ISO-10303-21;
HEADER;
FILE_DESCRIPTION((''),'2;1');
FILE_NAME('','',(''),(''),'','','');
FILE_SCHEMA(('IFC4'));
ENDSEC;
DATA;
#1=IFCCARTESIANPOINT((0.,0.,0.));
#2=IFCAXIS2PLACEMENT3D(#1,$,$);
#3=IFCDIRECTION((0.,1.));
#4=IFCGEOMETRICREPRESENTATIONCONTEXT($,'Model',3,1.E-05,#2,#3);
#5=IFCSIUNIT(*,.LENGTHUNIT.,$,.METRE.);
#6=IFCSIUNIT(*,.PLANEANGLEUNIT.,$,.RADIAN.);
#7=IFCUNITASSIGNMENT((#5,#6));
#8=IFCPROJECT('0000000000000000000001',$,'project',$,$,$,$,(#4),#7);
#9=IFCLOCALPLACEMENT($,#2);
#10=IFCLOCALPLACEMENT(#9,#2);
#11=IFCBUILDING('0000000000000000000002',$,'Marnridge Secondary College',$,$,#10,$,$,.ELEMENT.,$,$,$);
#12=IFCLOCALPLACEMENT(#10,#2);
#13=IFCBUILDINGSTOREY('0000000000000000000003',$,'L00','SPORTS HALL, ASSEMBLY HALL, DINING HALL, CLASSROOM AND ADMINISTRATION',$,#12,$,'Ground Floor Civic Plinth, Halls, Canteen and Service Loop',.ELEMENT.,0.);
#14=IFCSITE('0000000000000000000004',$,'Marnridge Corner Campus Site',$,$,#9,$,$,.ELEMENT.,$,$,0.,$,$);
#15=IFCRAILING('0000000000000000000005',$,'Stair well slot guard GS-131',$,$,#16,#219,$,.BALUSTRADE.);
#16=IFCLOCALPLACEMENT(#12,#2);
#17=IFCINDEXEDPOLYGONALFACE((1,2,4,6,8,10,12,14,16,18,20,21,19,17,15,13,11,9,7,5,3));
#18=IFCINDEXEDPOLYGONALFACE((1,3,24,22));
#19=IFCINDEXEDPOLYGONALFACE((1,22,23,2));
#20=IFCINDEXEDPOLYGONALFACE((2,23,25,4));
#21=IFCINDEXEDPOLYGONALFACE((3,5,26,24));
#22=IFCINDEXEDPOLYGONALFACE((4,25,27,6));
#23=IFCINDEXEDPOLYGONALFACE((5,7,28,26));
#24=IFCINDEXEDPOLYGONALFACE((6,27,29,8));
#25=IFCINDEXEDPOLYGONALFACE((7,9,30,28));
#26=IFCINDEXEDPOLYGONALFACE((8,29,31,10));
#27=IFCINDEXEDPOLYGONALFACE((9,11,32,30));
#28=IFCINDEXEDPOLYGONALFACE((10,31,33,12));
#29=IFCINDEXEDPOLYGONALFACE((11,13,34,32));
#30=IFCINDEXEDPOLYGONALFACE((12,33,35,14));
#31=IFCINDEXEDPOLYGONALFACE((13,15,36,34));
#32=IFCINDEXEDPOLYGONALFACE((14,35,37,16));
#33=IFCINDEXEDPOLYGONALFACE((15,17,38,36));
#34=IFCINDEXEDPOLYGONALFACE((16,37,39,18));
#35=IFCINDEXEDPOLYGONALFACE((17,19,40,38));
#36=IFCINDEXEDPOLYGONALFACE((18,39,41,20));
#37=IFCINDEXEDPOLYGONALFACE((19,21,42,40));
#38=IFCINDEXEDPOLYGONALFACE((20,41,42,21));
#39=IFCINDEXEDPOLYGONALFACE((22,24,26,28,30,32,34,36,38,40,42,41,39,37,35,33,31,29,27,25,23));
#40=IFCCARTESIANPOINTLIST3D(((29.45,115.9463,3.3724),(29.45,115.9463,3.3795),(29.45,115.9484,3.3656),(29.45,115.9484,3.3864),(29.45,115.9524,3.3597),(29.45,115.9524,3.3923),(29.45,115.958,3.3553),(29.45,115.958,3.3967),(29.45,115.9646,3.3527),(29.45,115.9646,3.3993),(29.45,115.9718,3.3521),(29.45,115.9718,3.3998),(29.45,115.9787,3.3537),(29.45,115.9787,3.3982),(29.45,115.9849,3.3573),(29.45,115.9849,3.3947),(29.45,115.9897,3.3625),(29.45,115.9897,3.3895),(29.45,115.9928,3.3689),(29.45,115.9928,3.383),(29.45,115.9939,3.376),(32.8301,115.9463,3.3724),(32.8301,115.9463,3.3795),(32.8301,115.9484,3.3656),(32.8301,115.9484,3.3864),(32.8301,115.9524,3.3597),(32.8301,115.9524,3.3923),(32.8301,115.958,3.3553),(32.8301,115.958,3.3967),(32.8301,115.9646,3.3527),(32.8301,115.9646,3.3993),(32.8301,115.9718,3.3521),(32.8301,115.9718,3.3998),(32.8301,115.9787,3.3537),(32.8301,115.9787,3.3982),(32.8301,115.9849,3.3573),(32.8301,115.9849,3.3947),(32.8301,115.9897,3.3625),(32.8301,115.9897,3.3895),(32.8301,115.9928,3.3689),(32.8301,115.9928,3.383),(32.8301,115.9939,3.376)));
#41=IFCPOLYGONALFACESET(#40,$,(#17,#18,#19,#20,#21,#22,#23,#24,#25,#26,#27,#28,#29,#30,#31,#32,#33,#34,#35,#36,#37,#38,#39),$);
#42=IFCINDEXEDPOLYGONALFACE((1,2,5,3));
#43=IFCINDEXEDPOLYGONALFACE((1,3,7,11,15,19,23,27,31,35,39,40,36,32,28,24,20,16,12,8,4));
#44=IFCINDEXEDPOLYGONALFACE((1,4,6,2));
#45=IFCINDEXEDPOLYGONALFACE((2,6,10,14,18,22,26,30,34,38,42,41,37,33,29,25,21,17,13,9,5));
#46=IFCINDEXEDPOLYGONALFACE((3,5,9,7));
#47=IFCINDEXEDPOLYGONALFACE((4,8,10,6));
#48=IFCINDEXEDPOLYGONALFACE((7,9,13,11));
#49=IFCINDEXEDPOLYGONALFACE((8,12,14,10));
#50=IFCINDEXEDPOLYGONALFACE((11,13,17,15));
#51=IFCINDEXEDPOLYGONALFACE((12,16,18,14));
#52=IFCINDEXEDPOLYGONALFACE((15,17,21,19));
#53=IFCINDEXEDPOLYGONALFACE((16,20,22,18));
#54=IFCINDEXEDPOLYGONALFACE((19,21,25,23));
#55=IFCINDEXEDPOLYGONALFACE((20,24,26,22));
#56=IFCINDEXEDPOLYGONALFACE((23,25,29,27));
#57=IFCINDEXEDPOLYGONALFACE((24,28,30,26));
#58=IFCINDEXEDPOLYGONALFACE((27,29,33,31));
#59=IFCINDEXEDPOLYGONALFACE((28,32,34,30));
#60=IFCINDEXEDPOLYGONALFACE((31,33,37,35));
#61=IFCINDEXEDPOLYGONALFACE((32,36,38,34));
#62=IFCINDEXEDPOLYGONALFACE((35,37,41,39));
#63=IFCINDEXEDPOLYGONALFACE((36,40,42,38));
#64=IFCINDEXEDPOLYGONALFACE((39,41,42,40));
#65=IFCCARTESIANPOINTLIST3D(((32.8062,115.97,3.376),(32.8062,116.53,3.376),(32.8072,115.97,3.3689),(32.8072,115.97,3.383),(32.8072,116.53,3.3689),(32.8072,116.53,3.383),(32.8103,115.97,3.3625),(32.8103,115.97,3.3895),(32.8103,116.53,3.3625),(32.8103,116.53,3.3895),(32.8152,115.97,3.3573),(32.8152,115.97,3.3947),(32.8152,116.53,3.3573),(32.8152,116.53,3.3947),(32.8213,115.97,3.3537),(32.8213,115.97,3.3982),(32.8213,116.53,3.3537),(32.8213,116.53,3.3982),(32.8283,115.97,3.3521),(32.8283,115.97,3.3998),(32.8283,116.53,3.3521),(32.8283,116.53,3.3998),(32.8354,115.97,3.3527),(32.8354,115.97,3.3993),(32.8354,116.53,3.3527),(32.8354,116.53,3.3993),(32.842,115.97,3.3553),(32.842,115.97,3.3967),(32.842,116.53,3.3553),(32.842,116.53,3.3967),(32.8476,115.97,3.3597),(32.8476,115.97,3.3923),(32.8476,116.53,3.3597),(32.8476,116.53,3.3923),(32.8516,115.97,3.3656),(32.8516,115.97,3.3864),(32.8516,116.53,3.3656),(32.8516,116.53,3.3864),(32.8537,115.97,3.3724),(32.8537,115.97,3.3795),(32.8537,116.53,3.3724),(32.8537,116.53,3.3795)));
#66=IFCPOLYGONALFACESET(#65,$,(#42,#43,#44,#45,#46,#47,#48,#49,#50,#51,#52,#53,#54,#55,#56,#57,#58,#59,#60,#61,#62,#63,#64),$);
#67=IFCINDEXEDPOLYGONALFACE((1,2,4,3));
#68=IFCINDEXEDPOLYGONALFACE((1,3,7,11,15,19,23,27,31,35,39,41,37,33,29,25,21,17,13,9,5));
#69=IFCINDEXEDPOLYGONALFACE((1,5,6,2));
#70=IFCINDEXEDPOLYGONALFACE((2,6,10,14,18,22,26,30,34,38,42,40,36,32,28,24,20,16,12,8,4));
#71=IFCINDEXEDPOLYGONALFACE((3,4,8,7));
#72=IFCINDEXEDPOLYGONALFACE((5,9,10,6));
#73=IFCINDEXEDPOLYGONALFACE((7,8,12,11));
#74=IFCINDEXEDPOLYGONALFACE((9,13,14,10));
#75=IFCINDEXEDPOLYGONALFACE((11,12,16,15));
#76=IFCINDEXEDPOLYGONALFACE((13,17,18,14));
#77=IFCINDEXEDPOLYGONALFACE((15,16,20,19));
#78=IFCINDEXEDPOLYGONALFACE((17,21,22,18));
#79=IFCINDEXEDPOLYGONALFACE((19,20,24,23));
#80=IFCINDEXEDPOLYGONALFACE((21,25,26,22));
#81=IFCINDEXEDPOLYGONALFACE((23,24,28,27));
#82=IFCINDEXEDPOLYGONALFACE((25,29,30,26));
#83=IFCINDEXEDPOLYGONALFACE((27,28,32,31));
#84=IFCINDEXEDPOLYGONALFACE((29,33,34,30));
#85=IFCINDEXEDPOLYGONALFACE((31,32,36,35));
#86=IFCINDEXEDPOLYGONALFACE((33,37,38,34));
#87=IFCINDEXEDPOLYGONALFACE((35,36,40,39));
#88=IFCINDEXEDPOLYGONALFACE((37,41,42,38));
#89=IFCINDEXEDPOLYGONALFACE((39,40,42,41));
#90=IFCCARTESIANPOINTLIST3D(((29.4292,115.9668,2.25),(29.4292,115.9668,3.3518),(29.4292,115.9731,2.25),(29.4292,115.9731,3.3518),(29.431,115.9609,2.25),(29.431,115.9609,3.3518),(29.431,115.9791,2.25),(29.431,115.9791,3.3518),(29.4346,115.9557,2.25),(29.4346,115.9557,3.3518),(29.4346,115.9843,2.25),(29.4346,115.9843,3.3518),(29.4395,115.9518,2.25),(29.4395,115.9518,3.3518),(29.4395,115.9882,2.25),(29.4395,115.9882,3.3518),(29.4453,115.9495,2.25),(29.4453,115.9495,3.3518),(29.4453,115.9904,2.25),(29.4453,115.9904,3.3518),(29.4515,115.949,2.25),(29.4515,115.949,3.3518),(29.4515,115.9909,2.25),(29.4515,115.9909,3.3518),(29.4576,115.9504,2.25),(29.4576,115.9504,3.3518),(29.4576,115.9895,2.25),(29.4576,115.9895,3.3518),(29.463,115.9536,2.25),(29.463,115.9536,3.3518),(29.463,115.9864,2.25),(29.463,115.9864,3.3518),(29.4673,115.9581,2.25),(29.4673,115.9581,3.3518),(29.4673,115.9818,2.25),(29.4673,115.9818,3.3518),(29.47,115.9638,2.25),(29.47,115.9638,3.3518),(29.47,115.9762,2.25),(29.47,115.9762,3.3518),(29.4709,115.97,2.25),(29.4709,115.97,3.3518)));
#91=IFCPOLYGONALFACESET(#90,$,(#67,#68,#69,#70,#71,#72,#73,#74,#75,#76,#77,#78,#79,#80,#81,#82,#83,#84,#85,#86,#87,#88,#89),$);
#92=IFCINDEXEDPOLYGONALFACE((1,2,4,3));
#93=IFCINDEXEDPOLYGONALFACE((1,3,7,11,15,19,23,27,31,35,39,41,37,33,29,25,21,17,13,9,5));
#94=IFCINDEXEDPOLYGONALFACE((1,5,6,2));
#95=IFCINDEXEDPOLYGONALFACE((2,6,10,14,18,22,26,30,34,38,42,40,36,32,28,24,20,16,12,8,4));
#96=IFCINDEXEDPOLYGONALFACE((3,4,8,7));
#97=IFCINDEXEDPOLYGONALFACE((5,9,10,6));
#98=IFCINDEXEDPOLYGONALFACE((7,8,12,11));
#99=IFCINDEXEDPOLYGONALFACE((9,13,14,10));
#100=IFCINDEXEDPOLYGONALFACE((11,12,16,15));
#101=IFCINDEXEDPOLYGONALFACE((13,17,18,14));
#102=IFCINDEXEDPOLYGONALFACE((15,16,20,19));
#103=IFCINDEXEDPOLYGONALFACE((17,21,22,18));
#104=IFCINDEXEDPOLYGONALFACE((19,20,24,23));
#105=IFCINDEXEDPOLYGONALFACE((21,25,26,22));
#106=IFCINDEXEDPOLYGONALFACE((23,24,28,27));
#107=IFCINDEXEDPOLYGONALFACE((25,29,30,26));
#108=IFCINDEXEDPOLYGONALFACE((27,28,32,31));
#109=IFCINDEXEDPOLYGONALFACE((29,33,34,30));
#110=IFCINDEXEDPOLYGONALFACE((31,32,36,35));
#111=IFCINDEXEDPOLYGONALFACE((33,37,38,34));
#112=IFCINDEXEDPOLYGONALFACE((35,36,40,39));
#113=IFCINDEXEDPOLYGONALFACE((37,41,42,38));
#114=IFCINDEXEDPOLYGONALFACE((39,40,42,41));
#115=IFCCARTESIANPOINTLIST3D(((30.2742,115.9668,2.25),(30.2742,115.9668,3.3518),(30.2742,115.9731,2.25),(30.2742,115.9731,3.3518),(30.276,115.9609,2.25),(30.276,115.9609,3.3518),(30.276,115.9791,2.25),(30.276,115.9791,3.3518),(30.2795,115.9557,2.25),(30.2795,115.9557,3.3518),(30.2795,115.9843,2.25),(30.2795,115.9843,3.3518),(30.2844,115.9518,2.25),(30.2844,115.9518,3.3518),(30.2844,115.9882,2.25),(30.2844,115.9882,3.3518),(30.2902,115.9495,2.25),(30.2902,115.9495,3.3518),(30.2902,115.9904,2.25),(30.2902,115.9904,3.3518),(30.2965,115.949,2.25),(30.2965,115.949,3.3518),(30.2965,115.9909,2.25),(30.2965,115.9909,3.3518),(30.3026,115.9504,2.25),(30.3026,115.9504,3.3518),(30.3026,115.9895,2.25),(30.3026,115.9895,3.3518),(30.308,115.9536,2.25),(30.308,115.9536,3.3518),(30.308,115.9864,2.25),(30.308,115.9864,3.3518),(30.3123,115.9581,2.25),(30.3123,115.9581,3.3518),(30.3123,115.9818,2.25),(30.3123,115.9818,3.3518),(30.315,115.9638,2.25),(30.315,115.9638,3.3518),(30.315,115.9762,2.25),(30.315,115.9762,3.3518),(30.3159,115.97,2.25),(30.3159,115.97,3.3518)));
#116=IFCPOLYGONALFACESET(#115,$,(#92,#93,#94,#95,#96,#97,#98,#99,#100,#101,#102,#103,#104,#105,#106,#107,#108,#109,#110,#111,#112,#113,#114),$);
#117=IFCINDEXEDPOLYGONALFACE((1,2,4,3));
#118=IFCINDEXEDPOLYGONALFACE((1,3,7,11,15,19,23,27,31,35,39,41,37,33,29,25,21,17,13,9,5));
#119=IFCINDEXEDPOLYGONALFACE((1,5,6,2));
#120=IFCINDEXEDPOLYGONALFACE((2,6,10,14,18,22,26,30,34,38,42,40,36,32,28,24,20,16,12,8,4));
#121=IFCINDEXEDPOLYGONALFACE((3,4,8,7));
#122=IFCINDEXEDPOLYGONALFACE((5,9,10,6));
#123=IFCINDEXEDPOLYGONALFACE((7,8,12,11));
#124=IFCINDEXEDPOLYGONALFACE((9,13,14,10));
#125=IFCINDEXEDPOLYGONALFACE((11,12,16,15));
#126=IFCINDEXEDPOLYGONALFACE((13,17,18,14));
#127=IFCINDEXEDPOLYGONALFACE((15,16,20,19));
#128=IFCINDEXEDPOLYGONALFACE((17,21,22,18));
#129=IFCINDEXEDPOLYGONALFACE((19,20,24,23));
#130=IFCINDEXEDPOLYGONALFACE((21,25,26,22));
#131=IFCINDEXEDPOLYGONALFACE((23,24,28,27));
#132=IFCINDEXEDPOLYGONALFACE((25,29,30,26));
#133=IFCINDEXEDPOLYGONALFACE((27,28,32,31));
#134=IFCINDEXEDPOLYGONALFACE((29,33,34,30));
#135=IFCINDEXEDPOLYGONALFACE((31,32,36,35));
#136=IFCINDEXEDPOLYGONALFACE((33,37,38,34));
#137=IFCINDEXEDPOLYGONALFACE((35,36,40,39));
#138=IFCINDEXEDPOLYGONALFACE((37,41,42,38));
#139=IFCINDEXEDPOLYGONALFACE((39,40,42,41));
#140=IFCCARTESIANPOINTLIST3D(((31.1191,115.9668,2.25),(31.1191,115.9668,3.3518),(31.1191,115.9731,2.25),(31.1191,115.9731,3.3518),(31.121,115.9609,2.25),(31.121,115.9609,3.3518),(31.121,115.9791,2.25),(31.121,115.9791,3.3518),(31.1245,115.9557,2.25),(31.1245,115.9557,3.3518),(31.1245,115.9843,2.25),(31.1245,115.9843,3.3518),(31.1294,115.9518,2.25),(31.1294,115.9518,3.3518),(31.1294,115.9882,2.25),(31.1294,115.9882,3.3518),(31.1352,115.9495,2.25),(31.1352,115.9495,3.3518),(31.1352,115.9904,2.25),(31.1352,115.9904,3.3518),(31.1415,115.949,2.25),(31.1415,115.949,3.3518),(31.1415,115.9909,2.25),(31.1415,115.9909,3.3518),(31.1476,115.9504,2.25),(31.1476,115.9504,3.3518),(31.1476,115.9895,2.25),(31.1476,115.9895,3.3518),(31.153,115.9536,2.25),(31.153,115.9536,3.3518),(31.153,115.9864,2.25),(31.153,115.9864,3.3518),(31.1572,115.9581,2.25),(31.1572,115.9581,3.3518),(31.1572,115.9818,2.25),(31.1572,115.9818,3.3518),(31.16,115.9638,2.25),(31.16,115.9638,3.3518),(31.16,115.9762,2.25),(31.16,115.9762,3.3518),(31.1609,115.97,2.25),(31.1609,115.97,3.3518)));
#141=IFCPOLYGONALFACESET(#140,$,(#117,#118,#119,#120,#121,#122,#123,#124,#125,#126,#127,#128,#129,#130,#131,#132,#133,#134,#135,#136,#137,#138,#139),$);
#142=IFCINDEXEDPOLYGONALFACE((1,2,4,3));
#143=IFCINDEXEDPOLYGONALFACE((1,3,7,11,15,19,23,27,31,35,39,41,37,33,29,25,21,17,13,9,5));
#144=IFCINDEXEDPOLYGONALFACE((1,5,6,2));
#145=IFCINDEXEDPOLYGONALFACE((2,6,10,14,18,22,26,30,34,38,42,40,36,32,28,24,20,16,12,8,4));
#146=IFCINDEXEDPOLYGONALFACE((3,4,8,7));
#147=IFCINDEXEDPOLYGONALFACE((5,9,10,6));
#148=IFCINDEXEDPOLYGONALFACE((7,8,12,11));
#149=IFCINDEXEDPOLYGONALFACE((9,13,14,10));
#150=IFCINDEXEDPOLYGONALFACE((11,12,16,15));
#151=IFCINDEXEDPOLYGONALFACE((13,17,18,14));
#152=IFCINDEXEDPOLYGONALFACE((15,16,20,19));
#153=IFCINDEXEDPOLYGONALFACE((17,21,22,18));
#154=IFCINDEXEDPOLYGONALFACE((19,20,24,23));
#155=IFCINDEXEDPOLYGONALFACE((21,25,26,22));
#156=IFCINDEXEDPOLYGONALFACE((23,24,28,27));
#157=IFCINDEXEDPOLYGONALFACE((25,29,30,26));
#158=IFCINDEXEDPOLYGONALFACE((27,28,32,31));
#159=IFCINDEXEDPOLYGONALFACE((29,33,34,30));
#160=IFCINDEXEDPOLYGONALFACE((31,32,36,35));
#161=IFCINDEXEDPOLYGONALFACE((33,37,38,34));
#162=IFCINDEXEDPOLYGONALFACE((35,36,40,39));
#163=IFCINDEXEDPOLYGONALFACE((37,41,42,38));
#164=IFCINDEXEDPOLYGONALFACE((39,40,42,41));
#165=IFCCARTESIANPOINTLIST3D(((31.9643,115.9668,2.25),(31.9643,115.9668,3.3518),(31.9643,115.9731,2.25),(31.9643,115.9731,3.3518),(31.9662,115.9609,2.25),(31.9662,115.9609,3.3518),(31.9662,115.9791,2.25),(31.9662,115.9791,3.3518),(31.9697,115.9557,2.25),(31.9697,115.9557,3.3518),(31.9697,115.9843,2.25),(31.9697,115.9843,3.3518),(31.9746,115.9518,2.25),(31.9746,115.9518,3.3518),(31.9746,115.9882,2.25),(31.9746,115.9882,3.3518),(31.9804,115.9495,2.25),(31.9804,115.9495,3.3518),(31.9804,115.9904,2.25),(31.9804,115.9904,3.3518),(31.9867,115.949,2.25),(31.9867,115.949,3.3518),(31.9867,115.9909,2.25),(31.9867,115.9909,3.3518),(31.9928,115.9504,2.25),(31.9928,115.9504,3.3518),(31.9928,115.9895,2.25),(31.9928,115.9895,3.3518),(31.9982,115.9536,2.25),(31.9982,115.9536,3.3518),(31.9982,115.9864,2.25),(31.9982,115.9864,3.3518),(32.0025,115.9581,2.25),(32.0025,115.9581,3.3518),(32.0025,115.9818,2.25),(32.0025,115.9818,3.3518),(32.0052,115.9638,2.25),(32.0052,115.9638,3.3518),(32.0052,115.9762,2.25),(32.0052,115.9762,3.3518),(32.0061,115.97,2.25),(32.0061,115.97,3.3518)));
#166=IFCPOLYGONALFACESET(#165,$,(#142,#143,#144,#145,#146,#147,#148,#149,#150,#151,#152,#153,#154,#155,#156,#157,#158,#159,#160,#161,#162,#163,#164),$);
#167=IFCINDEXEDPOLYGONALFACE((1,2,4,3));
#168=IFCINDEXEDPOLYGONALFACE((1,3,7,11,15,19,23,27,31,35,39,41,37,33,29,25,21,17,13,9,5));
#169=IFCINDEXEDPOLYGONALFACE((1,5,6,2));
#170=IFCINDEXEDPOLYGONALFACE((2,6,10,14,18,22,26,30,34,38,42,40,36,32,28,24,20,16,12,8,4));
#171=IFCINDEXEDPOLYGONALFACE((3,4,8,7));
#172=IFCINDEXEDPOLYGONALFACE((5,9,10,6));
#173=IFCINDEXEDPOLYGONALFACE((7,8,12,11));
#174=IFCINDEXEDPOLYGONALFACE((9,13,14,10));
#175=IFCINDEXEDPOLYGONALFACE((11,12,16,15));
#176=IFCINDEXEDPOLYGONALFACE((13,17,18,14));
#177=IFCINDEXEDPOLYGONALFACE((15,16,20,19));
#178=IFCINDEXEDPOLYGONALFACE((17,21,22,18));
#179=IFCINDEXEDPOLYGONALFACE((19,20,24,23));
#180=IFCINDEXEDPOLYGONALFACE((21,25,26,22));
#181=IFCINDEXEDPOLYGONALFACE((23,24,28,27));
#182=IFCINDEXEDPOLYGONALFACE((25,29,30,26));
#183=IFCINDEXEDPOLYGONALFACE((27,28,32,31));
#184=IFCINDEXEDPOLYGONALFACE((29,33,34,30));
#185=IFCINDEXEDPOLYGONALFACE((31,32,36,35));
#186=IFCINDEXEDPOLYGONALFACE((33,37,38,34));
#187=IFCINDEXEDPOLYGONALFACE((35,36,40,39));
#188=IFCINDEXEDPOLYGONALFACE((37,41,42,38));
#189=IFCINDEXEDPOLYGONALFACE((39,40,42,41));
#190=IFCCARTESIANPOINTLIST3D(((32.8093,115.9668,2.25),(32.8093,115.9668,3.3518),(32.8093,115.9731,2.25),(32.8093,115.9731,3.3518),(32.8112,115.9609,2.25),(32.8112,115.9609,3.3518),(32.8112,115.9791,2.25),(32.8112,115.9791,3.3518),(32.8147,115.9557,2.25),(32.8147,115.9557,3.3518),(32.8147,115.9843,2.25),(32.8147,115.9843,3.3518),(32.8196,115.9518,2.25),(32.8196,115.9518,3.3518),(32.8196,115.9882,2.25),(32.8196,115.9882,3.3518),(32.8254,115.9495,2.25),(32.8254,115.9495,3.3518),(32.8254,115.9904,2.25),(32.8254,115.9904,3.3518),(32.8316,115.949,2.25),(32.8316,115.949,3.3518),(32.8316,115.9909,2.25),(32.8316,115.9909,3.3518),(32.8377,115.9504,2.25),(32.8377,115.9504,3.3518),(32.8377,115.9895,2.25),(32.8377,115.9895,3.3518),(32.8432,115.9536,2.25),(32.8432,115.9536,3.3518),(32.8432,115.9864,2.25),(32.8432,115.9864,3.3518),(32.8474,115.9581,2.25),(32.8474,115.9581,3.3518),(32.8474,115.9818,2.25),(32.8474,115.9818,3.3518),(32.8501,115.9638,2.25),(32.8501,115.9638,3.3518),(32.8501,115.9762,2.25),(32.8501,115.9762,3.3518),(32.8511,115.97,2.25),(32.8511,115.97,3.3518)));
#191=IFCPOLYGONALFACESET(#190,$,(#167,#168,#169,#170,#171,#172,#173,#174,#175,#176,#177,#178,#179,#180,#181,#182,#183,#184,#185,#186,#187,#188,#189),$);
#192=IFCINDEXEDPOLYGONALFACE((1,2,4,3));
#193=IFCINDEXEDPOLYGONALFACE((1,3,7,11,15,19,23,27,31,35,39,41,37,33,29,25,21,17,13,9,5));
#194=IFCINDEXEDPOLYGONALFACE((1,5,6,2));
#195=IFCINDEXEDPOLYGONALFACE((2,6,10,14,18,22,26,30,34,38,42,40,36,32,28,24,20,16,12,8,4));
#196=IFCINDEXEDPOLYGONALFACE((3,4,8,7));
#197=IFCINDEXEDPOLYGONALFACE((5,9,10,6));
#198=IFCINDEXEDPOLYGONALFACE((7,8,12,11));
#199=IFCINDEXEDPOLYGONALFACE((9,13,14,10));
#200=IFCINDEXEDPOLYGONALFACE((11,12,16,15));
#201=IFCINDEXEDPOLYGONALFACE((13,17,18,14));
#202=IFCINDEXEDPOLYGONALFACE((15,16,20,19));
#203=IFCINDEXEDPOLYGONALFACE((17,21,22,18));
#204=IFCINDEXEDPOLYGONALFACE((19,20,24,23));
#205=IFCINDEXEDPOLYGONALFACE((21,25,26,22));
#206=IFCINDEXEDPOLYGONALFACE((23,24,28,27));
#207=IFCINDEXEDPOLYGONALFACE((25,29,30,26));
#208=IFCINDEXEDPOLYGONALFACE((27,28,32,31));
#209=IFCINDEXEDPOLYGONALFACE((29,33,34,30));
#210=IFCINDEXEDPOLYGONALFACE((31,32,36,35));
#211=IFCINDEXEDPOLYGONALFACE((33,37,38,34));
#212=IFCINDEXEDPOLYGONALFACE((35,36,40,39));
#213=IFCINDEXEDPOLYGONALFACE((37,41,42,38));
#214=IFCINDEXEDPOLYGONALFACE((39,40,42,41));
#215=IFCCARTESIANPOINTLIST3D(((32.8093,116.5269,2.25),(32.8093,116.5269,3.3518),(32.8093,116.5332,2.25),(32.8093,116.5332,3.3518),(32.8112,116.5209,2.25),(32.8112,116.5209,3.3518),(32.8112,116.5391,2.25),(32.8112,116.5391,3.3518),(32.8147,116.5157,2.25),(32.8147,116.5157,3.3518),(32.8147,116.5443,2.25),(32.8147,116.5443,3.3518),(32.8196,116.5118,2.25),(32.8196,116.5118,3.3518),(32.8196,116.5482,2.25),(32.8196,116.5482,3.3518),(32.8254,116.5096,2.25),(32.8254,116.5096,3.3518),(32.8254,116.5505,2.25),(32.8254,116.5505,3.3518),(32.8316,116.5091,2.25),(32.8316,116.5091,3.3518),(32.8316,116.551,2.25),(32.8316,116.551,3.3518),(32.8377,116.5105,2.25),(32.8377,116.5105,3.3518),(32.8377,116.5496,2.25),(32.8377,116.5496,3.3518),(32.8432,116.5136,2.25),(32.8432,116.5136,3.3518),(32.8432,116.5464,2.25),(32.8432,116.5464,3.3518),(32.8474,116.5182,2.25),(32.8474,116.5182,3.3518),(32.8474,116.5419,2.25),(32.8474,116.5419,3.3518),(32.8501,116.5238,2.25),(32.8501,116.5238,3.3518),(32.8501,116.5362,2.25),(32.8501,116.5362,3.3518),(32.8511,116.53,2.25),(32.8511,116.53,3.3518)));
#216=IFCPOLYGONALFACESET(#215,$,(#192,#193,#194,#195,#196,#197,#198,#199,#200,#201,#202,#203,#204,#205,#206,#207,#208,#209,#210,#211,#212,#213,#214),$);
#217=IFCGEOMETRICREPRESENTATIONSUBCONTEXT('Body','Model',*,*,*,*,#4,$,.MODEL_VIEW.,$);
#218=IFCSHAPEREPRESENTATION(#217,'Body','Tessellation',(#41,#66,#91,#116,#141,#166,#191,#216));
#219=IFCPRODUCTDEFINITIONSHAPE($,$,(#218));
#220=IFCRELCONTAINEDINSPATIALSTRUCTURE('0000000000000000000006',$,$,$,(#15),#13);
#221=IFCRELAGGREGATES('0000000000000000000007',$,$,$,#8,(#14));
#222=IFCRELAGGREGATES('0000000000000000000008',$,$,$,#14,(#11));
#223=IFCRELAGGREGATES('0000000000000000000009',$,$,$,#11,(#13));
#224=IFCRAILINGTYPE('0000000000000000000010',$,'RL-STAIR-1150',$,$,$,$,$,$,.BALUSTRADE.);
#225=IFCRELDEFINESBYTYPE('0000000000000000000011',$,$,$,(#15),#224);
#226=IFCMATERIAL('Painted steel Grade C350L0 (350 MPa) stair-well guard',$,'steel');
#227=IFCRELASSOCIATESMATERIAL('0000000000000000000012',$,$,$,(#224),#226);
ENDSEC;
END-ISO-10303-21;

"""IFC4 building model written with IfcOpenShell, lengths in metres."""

from ifc_helpers import new_model, si_unit, direction, frame, origin, origin_2d, place, context, subcontext, project, spatial, circle, extrude, material, type_object, element, save


model = new_model("IFC4")

# Units and contexts
model_context = context("Model", 3, precision=1e-05, world=origin(), true_north=direction((0.0, 1.0)))
body_context = subcontext(model_context, "Body", "Model", "MODEL_VIEW")
ifc_project = project(units=[si_unit("LENGTHUNIT", "METRE"), si_unit("PLANEANGLEUNIT", "RADIAN")], contexts=[model_context])

# Site, building, storey
site_placement = place(None, origin())
site = spatial("IfcSite", under=ifc_project, at=site_placement, Name="Marnridge Corner Campus Site", CompositionType="ELEMENT", RefElevation=0.0)
building_placement = place(site_placement, origin())
building = spatial("IfcBuilding", under=site, at=building_placement, Name="Marnridge Secondary College", CompositionType="ELEMENT")
storey_placement = place(building_placement, origin())
storey = spatial("IfcBuildingStorey", under=building, at=storey_placement, Name="L00", Description="SPORTS HALL, ASSEMBLY HALL, DINING HALL, CLASSROOM AND ADMINISTRATION", LongName="Ground Floor Civic Plinth, Halls, Canteen and Service Loop", CompositionType="ELEMENT", Elevation=0.0)

# Railing
ifc_material_1 = material(Name="Painted steel Grade C350L0 (350 MPa) stair-well guard", Category="steel")
railing_type_1 = type_object("IfcRailingType", Name="RL-STAIR-1150", PredefinedType="BALUSTRADE", material=ifc_material_1)
railing_placement = place(storey_placement, frame((29.45, 115.97, 2.25)))
element("IfcRailing", 1, at=railing_placement, inside=storey, type_object=railing_type_1, Name="Stair well slot guard GS-131", PredefinedType="BALUSTRADE", context=body_context, shape_type="SweptSolid", body=[
    extrude(circle(Radius=0.0239, at=origin_2d()), frame((0.0, 0.0, 1.126), z_axis=(1.0, 0.0, 0.0), x_axis=(0.0, 1.0, 0.0)), (0.0, 0.0, 1.0), 3.3801),
    extrude(circle(Radius=0.0239, at=origin_2d()), frame((3.3801, 0.0, 1.126), z_axis=(0.0, 1.0, 0.0), x_axis=(-1.0, 0.0, 0.0)), (0.0, 0.0, 1.0), 0.5601),
    extrude(circle(Radius=0.021, at=origin_2d()), origin(), (0.0, 0.0, 1.0), 1.1018),
    extrude(circle(Radius=0.021, at=origin_2d()), frame((0.845, 0.0, 0.0)), (0.0, 0.0, 1.0), 1.1018),
    extrude(circle(Radius=0.021, at=origin_2d()), frame((1.6899, 0.0, 0.0)), (0.0, 0.0, 1.0), 1.1018),
    extrude(circle(Radius=0.021, at=origin_2d()), frame((2.5352, 0.0, 0.0)), (0.0, 0.0, 1.0), 1.1018),
    extrude(circle(Radius=0.021, at=origin_2d()), frame((3.3801, 0.0, 0.0)), (0.0, 0.0, 1.0), 1.1018),
    extrude(circle(Radius=0.021, at=origin_2d()), frame((3.3801, 0.5601, 0.0)), (0.0, 0.0, 1.0), 1.1018),
])

save(model, "model.ifc")
